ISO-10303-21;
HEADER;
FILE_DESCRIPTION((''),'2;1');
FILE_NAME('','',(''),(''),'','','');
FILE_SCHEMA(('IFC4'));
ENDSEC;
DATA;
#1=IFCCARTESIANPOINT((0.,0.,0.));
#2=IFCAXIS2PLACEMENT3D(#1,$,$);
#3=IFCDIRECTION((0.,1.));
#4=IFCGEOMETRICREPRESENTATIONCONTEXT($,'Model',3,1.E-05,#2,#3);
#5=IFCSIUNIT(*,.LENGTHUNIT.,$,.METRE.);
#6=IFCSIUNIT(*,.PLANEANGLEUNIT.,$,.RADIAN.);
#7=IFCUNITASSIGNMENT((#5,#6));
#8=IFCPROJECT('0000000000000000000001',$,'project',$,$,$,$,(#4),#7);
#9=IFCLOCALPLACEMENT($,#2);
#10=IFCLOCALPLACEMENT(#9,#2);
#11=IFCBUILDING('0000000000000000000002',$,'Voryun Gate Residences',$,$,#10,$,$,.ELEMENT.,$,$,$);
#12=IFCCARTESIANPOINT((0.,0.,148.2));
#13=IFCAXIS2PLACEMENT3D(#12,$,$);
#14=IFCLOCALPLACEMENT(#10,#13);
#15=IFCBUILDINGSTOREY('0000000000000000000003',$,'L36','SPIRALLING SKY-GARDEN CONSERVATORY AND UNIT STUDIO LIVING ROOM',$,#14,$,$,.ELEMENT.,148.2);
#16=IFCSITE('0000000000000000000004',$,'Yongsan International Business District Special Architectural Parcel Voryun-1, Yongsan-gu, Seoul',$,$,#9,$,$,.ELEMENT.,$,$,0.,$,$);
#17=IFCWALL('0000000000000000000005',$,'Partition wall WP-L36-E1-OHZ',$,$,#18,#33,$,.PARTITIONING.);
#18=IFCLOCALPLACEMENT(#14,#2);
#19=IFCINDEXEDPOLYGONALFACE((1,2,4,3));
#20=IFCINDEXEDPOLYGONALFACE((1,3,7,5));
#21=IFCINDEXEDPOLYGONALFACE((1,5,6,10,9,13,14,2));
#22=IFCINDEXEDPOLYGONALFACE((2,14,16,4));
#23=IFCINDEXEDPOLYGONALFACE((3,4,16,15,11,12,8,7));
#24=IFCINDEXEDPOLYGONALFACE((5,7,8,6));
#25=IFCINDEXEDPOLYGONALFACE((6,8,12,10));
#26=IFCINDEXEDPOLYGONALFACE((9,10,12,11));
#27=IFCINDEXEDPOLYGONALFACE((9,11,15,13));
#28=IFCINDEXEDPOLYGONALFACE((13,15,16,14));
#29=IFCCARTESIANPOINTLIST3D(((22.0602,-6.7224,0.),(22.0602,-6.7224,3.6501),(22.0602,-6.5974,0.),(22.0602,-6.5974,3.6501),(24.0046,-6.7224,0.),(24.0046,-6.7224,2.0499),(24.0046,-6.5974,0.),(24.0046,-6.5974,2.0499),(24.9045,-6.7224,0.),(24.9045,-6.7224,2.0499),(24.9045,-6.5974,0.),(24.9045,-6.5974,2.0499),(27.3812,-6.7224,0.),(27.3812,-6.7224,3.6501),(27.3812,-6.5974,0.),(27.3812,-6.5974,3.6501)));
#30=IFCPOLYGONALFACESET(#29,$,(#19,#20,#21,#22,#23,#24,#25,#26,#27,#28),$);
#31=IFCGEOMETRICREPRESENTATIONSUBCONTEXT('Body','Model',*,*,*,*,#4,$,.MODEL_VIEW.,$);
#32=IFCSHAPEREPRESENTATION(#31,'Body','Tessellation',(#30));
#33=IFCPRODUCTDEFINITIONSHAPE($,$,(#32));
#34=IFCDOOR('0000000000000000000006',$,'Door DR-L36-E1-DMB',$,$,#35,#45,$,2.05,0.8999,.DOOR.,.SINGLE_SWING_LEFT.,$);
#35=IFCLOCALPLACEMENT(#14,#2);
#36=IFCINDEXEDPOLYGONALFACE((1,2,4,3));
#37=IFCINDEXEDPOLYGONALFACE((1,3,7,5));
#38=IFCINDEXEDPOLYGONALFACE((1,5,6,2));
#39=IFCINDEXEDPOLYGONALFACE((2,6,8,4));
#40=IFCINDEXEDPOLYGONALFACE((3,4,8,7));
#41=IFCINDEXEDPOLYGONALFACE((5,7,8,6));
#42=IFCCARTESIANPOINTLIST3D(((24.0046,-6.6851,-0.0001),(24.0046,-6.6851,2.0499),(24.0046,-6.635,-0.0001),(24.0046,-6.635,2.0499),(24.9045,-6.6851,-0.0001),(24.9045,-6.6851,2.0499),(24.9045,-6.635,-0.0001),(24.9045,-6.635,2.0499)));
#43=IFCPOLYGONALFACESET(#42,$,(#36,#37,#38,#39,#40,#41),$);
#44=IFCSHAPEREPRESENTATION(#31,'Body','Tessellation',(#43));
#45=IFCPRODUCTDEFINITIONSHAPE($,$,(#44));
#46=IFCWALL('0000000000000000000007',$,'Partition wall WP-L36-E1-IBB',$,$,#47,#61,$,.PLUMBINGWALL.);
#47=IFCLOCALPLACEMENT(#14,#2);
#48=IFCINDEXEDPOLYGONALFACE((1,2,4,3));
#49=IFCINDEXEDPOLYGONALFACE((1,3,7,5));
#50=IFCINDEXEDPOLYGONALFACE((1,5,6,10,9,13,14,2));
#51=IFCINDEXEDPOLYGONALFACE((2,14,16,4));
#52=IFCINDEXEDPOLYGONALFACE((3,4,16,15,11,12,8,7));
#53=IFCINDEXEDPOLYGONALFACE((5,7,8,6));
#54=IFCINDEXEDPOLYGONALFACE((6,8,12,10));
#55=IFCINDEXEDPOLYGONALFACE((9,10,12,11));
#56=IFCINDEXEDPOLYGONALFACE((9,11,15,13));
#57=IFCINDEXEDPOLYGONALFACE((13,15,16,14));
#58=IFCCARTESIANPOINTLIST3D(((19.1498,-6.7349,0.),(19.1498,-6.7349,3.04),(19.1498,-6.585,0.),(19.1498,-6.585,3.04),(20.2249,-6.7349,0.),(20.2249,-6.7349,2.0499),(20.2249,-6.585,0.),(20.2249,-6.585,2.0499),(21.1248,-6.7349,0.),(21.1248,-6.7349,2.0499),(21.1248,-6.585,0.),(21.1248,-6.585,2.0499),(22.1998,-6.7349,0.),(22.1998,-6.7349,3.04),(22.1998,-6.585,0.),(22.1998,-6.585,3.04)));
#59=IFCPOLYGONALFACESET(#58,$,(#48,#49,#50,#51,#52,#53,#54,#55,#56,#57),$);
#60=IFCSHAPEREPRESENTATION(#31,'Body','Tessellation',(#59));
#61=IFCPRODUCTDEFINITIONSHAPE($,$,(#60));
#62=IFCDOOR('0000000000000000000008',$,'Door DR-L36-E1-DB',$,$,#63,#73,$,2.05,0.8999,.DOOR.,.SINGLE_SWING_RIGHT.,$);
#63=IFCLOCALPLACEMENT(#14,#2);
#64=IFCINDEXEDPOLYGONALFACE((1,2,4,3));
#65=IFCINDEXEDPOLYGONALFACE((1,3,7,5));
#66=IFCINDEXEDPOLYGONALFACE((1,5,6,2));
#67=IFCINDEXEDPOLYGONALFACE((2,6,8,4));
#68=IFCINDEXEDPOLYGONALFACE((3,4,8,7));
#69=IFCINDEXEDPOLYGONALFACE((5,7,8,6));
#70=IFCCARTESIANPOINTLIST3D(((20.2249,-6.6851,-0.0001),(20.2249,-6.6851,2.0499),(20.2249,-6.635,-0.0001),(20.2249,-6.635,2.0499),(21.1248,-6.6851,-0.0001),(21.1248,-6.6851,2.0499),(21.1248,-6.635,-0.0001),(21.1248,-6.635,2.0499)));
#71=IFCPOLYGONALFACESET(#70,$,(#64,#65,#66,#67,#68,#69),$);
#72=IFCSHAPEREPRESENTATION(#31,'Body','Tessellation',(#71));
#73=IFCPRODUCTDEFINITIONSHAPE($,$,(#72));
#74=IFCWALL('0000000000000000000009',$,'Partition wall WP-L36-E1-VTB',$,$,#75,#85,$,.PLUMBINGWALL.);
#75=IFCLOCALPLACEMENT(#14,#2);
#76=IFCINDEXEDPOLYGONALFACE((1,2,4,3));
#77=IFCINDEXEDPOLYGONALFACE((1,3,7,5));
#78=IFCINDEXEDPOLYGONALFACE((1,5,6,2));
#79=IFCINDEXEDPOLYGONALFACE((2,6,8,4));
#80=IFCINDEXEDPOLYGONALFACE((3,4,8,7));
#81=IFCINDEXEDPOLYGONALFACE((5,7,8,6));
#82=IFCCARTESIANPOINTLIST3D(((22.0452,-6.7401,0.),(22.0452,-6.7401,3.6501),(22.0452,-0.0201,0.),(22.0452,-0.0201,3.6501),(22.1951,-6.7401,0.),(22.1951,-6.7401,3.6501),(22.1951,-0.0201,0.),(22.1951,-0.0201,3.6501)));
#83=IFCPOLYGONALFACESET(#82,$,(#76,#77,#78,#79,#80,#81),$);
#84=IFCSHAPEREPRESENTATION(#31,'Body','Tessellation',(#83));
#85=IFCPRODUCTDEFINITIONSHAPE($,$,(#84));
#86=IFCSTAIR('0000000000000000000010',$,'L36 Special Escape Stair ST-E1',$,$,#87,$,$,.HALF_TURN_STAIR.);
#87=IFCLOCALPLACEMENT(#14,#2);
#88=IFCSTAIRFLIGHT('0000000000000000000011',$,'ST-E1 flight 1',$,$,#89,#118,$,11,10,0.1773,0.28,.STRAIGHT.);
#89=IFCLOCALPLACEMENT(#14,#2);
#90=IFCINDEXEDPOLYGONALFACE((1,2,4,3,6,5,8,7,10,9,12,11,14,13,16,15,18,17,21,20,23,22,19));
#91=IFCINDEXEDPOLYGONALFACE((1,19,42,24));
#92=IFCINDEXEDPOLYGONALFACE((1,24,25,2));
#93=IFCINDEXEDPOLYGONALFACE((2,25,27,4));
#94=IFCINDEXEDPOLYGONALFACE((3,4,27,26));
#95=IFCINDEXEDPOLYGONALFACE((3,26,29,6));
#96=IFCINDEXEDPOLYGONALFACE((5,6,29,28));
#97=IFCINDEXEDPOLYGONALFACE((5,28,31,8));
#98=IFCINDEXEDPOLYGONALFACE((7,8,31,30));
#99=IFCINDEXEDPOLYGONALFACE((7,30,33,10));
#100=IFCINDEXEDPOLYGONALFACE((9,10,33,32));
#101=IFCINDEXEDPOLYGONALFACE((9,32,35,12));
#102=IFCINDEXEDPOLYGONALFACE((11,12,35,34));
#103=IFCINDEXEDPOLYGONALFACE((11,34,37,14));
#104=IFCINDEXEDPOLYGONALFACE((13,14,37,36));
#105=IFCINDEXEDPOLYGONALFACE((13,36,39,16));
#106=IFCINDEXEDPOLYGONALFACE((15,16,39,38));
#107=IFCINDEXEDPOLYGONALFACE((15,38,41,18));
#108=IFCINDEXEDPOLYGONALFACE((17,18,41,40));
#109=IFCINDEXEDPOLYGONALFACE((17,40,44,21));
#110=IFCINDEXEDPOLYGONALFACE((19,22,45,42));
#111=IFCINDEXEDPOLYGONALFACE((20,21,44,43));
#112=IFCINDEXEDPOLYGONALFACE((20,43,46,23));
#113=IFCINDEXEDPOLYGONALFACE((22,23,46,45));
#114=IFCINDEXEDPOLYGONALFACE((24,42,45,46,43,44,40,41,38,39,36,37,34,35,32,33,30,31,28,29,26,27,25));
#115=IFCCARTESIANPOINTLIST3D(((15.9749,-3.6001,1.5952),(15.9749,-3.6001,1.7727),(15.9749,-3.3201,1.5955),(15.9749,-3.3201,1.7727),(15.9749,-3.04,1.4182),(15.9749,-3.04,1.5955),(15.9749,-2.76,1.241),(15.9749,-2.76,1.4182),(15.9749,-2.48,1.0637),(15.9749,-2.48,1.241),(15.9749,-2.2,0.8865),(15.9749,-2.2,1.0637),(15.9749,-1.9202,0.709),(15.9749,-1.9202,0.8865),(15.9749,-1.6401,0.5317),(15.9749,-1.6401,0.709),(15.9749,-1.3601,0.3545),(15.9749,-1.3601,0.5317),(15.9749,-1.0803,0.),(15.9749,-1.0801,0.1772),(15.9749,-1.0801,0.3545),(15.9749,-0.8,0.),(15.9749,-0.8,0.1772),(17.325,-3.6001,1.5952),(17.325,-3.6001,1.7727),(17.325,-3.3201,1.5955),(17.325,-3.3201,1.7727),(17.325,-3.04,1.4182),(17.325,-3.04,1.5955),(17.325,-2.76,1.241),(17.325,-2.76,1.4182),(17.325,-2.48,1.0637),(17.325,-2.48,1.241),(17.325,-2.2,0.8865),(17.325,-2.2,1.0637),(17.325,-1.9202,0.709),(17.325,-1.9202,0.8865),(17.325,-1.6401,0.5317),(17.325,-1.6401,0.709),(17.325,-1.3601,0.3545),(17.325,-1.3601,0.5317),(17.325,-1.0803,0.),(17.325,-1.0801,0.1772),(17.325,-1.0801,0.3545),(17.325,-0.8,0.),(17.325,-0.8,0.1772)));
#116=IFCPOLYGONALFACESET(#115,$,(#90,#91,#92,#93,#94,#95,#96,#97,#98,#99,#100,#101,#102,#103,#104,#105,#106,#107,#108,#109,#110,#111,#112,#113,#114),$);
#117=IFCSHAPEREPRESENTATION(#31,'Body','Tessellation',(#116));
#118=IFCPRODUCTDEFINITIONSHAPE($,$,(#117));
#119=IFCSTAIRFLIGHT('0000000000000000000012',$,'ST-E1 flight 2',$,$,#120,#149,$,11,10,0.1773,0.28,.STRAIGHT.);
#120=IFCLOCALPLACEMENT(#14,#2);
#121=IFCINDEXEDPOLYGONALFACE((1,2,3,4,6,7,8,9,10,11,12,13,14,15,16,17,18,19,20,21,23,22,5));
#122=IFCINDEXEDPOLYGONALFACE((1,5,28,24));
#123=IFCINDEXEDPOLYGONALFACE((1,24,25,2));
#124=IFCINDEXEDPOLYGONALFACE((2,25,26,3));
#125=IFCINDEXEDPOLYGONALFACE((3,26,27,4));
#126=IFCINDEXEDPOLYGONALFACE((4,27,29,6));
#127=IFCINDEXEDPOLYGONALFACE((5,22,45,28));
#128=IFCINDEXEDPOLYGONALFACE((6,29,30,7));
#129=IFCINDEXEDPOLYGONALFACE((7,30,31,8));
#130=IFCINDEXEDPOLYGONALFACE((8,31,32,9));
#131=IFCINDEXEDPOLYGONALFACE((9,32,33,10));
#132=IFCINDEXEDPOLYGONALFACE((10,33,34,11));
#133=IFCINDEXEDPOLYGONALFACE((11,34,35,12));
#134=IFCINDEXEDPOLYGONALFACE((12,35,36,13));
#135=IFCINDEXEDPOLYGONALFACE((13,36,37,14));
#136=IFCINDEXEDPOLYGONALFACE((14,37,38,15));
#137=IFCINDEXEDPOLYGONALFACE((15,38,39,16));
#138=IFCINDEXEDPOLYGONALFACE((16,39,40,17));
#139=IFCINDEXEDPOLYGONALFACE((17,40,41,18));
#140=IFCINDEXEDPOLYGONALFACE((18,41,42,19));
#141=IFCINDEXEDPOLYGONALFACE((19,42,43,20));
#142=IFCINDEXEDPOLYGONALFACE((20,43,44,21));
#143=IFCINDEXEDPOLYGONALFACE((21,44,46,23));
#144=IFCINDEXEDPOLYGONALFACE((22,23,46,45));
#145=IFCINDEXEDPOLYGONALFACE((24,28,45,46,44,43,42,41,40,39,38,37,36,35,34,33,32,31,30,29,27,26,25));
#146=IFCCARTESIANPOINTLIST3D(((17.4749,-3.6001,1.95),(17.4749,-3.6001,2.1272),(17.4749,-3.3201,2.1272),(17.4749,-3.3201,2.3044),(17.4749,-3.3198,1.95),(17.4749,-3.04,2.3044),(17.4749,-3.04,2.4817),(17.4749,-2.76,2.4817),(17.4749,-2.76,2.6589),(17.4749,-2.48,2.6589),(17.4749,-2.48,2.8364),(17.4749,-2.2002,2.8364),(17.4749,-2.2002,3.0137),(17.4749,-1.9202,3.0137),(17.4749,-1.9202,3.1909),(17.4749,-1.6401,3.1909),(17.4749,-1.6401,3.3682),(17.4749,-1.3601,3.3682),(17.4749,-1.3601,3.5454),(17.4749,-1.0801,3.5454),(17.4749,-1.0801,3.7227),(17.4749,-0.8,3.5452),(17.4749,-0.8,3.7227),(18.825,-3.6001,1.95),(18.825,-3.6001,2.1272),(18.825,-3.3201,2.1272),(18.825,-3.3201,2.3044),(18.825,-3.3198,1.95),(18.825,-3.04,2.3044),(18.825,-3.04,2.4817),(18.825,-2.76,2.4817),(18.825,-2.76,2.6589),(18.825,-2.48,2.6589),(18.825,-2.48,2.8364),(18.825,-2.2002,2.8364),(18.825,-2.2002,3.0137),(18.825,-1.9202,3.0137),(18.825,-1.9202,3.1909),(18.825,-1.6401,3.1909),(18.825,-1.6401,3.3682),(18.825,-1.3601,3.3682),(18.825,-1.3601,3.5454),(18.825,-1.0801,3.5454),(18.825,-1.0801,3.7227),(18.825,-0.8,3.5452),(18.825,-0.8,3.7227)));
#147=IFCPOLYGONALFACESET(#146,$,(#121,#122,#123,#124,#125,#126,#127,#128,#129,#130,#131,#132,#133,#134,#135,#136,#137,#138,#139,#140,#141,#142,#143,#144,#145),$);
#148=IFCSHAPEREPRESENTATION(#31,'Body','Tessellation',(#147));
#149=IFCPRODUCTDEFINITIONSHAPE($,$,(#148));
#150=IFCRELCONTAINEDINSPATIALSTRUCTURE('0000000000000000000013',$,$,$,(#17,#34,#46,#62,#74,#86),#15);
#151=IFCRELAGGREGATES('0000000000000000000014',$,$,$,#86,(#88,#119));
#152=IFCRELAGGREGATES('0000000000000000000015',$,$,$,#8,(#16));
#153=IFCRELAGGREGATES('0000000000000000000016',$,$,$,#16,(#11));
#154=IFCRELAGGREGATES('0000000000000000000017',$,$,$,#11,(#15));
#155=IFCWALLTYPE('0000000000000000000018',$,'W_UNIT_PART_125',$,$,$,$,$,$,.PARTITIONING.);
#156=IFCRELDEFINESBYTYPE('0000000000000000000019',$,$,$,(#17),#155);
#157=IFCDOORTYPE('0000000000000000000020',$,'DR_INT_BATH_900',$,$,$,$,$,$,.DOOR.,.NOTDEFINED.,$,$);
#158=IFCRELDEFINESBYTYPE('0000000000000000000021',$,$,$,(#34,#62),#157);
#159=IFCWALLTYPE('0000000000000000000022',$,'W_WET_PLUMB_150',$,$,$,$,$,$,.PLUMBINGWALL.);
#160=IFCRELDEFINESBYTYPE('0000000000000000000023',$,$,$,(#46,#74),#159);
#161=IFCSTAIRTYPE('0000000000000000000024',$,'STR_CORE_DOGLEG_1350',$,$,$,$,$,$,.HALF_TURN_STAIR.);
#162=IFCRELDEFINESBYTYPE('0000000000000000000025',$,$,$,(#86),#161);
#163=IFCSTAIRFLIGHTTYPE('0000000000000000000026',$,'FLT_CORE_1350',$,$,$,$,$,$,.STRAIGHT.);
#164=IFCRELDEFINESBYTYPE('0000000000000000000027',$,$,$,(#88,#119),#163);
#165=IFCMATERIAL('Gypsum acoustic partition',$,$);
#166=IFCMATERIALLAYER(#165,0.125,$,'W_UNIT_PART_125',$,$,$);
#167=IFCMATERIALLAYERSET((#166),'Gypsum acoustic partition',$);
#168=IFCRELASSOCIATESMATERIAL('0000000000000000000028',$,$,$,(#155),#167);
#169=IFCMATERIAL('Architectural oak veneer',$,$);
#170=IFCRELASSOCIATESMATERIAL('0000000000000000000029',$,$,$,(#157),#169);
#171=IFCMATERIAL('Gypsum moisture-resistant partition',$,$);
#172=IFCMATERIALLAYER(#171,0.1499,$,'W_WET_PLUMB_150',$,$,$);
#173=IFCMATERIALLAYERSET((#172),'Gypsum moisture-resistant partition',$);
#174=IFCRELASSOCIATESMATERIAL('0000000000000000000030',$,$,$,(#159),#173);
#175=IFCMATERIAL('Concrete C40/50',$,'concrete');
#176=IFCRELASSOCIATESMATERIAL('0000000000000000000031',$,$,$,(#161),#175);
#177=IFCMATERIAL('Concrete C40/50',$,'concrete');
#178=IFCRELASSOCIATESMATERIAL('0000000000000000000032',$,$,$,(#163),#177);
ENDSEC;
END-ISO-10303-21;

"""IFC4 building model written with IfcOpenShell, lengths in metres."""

from ifc_helpers import new_model, si_unit, direction, frame, frame_2d, origin, place, context, subcontext, project, spatial, polyline, rectangle, outline, extrude, material, layer, layer_set, type_object, element, fill, aggregate, save


model = new_model("IFC4")

# Units and contexts
model_context = context("Model", 3, precision=1e-05, world=origin(), true_north=direction((0.0, 1.0)))
body_context = subcontext(model_context, "Body", "Model", "MODEL_VIEW")
ifc_project = project(units=[si_unit("LENGTHUNIT", "METRE"), si_unit("PLANEANGLEUNIT", "RADIAN")], contexts=[model_context])

# Site, building, storey
site_placement = place(None, origin())
site = spatial("IfcSite", under=ifc_project, at=site_placement, Name="Yongsan International Business District Special Architectural Parcel Voryun-1, Yongsan-gu, Seoul", CompositionType="ELEMENT", RefElevation=0.0)
building_placement = place(site_placement, origin())
building = spatial("IfcBuilding", under=site, at=building_placement, Name="Voryun Gate Residences", CompositionType="ELEMENT")
storey_placement = place(building_placement, frame((0.0, 0.0, 148.2)))
storey = spatial("IfcBuildingStorey", under=building, at=storey_placement, Name="L36", Description="SPIRALLING SKY-GARDEN CONSERVATORY AND UNIT STUDIO LIVING ROOM", CompositionType="ELEMENT", Elevation=148.2)

# Walls, openings, doors
ifc_material_1 = material(Name="Gypsum acoustic partition")
ifc_layer_1 = layer(ifc_material_1, 0.125, Name="W_UNIT_PART_125")
ifc_layer_set_1 = layer_set([ifc_layer_1], Name="Gypsum acoustic partition")
wall_type_1 = type_object("IfcWallType", Name="W_UNIT_PART_125", PredefinedType="PARTITIONING", material=ifc_layer_set_1)
wall_1_placement = place(storey_placement, frame((22.0601, -6.6599, 0.0), z_axis=(0.0, 0.0, 1.0), x_axis=(1.0, 0.0, 0.0)))
wall_1 = element("IfcWall", 1, at=wall_1_placement, inside=storey, type_object=wall_type_1, Name="Partition wall WP-L36-E1-OHZ", PredefinedType="PARTITIONING", context=body_context, shape_type="SweptSolid", body=[
    extrude(rectangle(XDim=5.321, YDim=0.125, at=frame_2d((2.6606, 0.0))), origin(), (0.0, 0.0, 1.0), 3.6501),
])
opening_1_placement = place(wall_1_placement, frame((1.9446, 0.0, 0.0)))
opening_1 = element("IfcOpeningElement", 2, at=opening_1_placement, cuts=wall_1, PredefinedType="OPENING", context=body_context, shape_type="SweptSolid", body=[
    extrude(rectangle(XDim=0.8999, YDim=2.05, at=frame_2d((0.45, 1.0249))), frame((0.0, 0.0725, 0.0), z_axis=(0.0, -1.0, 0.0), x_axis=(1.0, 0.0, 0.0)), (0.0, 0.0, 1.0), 0.145),
])
ifc_material_2 = material(Name="Architectural oak veneer")
door_type = type_object("IfcDoorType", Name="DR_INT_BATH_900", OperationType="NOTDEFINED", PredefinedType="DOOR", material=ifc_material_2)
door_1_placement = place(opening_1_placement, origin())
door_1 = element("IfcDoor", 3, at=door_1_placement, inside=storey, type_object=door_type, Name="Door DR-L36-E1-DMB", OperationType="SINGLE_SWING_LEFT", OverallHeight=2.05, OverallWidth=0.8999, PredefinedType="DOOR", context=body_context, shape_type="SweptSolid", body=[
    extrude(rectangle(XDim=0.8999, YDim=2.05, at=frame_2d((0.45, 1.0249))), frame((0.0, 0.0249, 0.0), z_axis=(0.0, -1.0, 0.0), x_axis=(1.0, 0.0, 0.0)), (0.0, 0.0, 1.0), 0.05),
])
fill(opening_1, door_1)
ifc_material_3 = material(Name="Gypsum moisture-resistant partition")
ifc_layer_2 = layer(ifc_material_3, 0.1499, Name="W_WET_PLUMB_150")
ifc_layer_set_2 = layer_set([ifc_layer_2], Name="Gypsum moisture-resistant partition")
wall_type_2 = type_object("IfcWallType", Name="W_WET_PLUMB_150", PredefinedType="PLUMBINGWALL", material=ifc_layer_set_2)
wall_2_placement = place(storey_placement, frame((19.1499, -6.6599, 0.0), z_axis=(0.0, 0.0, 1.0), x_axis=(1.0, 0.0, 0.0)))
wall_2 = element("IfcWall", 4, at=wall_2_placement, inside=storey, type_object=wall_type_2, Name="Partition wall WP-L36-E1-IBB", PredefinedType="PLUMBINGWALL", context=body_context, shape_type="SweptSolid", body=[
    extrude(rectangle(XDim=3.05, YDim=0.1499, at=frame_2d((1.5249, 0.0))), origin(), (0.0, 0.0, 1.0), 3.04),
])
opening_2_placement = place(wall_2_placement, frame((1.075, 0.0, 0.0)))
opening_2 = element("IfcOpeningElement", 5, at=opening_2_placement, cuts=wall_2, PredefinedType="OPENING", context=body_context, shape_type="SweptSolid", body=[
    extrude(rectangle(XDim=0.8999, YDim=2.05, at=frame_2d((0.45, 1.0249))), frame((0.0, 0.085, 0.0), z_axis=(0.0, -1.0, 0.0), x_axis=(1.0, 0.0, 0.0)), (0.0, 0.0, 1.0), 0.1699),
])
door_2_placement = place(opening_2_placement, origin())
door_2 = element("IfcDoor", 6, at=door_2_placement, inside=storey, type_object=door_type, Name="Door DR-L36-E1-DB", OperationType="SINGLE_SWING_RIGHT", OverallHeight=2.05, OverallWidth=0.8999, PredefinedType="DOOR", context=body_context, shape_type="SweptSolid", body=[
    extrude(rectangle(XDim=0.8999, YDim=2.05, at=frame_2d((0.45, 1.0249))), frame((0.0, 0.0249, 0.0), z_axis=(0.0, -1.0, 0.0), x_axis=(1.0, 0.0, 0.0)), (0.0, 0.0, 1.0), 0.05),
])
fill(opening_2, door_2)

# Wall
wall_3_placement = place(storey_placement, frame((22.1201, -6.74, 0.0), z_axis=(0.0, 0.0, 1.0), x_axis=(0.0, 1.0, 0.0)))
element("IfcWall", 7, at=wall_3_placement, inside=storey, type_object=wall_type_2, Name="Partition wall WP-L36-E1-VTB", PredefinedType="PLUMBINGWALL", context=body_context, shape_type="SweptSolid", body=[
    extrude(rectangle(XDim=6.72, YDim=0.1499, at=frame_2d((3.3599, 0.0))), origin(), (0.0, 0.0, 1.0), 3.6501),
])

# Stair, stair flights
ifc_material_4 = material(Name="Concrete C40/50", Category="concrete")
stair_type = type_object("IfcStairType", Name="STR_CORE_DOGLEG_1350", PredefinedType="HALF_TURN_STAIR", material=ifc_material_4)
stair_placement = place(storey_placement, origin())
stair = element("IfcStair", 8, at=stair_placement, inside=storey, type_object=stair_type, Name="L36 Special Escape Stair ST-E1", PredefinedType="HALF_TURN_STAIR")
ifc_material_5 = material(Name="Concrete C40/50", Category="concrete")
stair_flight_type = type_object("IfcStairFlightType", Name="FLT_CORE_1350", PredefinedType="STRAIGHT", material=ifc_material_5)
stair_flight_1_placement = place(storey_placement, frame((16.6499, -0.8, 0.0), z_axis=(0.0, 0.0, 1.0), x_axis=(0.0, -1.0, 0.0)))
stair_flight_1 = element("IfcStairFlight", 9, at=stair_flight_1_placement, type_object=stair_flight_type, Name="ST-E1 flight 1", NumberOfRisers=11, NumberOfTreads=10, PredefinedType="STRAIGHT", RiserHeight=0.1773, TreadLength=0.28, context=body_context, shape_type="SweptSolid", body=[
    extrude(outline(polyline([(0.0, 0.0), (0.0, 0.1772), (0.28, 0.1772), (0.28, 0.3545), (0.5601, 0.3545), (0.5601, 0.5317), (0.8401, 0.5317), (0.8401, 0.709), (1.1201, 0.709), (1.1201, 0.8865), (1.3999, 0.8865), (1.3999, 1.0637), (1.6799, 1.0637), (1.6799, 1.241), (1.96, 1.241), (1.96, 1.4182), (2.24, 1.4182), (2.24, 1.5955), (2.52, 1.5955), (2.52, 1.7727), (2.8, 1.7727), (2.8, 1.95), (2.8, 1.5952), (0.2803, 0.0), (0.0, 0.0)])), frame((0.0, 0.675, 0.0), z_axis=(0.0, -1.0, 0.0), x_axis=(1.0, 0.0, 0.0)), (0.0, 0.0, 1.0), 1.3501),
])
stair_flight_2_placement = place(storey_placement, frame((18.1499, -3.6001, 1.95), z_axis=(0.0, 0.0, 1.0), x_axis=(0.0, 1.0, 0.0)))
stair_flight_2 = element("IfcStairFlight", 10, at=stair_flight_2_placement, type_object=stair_flight_type, Name="ST-E1 flight 2", NumberOfRisers=11, NumberOfTreads=10, PredefinedType="STRAIGHT", RiserHeight=0.1773, TreadLength=0.28, context=body_context, shape_type="SweptSolid", body=[
    extrude(outline(polyline([(0.0, 0.0), (0.0, 0.1772), (0.28, 0.1772), (0.28, 0.3545), (0.5601, 0.3545), (0.5601, 0.5317), (0.8401, 0.5317), (0.8401, 0.709), (1.1201, 0.709), (1.1201, 0.8865), (1.3999, 0.8865), (1.3999, 1.0637), (1.6799, 1.0637), (1.6799, 1.241), (1.96, 1.241), (1.96, 1.4182), (2.24, 1.4182), (2.24, 1.5955), (2.52, 1.5955), (2.52, 1.7727), (2.8, 1.7727), (2.8, 1.95), (2.8, 1.5952), (0.2803, 0.0), (0.0, 0.0)])), frame((0.0, 0.675, 0.0), z_axis=(0.0, -1.0, 0.0), x_axis=(1.0, 0.0, 0.0)), (0.0, 0.0, 1.0), 1.3501),
])
aggregate(stair, [stair_flight_1, stair_flight_2])

save(model, "model.ifc")
